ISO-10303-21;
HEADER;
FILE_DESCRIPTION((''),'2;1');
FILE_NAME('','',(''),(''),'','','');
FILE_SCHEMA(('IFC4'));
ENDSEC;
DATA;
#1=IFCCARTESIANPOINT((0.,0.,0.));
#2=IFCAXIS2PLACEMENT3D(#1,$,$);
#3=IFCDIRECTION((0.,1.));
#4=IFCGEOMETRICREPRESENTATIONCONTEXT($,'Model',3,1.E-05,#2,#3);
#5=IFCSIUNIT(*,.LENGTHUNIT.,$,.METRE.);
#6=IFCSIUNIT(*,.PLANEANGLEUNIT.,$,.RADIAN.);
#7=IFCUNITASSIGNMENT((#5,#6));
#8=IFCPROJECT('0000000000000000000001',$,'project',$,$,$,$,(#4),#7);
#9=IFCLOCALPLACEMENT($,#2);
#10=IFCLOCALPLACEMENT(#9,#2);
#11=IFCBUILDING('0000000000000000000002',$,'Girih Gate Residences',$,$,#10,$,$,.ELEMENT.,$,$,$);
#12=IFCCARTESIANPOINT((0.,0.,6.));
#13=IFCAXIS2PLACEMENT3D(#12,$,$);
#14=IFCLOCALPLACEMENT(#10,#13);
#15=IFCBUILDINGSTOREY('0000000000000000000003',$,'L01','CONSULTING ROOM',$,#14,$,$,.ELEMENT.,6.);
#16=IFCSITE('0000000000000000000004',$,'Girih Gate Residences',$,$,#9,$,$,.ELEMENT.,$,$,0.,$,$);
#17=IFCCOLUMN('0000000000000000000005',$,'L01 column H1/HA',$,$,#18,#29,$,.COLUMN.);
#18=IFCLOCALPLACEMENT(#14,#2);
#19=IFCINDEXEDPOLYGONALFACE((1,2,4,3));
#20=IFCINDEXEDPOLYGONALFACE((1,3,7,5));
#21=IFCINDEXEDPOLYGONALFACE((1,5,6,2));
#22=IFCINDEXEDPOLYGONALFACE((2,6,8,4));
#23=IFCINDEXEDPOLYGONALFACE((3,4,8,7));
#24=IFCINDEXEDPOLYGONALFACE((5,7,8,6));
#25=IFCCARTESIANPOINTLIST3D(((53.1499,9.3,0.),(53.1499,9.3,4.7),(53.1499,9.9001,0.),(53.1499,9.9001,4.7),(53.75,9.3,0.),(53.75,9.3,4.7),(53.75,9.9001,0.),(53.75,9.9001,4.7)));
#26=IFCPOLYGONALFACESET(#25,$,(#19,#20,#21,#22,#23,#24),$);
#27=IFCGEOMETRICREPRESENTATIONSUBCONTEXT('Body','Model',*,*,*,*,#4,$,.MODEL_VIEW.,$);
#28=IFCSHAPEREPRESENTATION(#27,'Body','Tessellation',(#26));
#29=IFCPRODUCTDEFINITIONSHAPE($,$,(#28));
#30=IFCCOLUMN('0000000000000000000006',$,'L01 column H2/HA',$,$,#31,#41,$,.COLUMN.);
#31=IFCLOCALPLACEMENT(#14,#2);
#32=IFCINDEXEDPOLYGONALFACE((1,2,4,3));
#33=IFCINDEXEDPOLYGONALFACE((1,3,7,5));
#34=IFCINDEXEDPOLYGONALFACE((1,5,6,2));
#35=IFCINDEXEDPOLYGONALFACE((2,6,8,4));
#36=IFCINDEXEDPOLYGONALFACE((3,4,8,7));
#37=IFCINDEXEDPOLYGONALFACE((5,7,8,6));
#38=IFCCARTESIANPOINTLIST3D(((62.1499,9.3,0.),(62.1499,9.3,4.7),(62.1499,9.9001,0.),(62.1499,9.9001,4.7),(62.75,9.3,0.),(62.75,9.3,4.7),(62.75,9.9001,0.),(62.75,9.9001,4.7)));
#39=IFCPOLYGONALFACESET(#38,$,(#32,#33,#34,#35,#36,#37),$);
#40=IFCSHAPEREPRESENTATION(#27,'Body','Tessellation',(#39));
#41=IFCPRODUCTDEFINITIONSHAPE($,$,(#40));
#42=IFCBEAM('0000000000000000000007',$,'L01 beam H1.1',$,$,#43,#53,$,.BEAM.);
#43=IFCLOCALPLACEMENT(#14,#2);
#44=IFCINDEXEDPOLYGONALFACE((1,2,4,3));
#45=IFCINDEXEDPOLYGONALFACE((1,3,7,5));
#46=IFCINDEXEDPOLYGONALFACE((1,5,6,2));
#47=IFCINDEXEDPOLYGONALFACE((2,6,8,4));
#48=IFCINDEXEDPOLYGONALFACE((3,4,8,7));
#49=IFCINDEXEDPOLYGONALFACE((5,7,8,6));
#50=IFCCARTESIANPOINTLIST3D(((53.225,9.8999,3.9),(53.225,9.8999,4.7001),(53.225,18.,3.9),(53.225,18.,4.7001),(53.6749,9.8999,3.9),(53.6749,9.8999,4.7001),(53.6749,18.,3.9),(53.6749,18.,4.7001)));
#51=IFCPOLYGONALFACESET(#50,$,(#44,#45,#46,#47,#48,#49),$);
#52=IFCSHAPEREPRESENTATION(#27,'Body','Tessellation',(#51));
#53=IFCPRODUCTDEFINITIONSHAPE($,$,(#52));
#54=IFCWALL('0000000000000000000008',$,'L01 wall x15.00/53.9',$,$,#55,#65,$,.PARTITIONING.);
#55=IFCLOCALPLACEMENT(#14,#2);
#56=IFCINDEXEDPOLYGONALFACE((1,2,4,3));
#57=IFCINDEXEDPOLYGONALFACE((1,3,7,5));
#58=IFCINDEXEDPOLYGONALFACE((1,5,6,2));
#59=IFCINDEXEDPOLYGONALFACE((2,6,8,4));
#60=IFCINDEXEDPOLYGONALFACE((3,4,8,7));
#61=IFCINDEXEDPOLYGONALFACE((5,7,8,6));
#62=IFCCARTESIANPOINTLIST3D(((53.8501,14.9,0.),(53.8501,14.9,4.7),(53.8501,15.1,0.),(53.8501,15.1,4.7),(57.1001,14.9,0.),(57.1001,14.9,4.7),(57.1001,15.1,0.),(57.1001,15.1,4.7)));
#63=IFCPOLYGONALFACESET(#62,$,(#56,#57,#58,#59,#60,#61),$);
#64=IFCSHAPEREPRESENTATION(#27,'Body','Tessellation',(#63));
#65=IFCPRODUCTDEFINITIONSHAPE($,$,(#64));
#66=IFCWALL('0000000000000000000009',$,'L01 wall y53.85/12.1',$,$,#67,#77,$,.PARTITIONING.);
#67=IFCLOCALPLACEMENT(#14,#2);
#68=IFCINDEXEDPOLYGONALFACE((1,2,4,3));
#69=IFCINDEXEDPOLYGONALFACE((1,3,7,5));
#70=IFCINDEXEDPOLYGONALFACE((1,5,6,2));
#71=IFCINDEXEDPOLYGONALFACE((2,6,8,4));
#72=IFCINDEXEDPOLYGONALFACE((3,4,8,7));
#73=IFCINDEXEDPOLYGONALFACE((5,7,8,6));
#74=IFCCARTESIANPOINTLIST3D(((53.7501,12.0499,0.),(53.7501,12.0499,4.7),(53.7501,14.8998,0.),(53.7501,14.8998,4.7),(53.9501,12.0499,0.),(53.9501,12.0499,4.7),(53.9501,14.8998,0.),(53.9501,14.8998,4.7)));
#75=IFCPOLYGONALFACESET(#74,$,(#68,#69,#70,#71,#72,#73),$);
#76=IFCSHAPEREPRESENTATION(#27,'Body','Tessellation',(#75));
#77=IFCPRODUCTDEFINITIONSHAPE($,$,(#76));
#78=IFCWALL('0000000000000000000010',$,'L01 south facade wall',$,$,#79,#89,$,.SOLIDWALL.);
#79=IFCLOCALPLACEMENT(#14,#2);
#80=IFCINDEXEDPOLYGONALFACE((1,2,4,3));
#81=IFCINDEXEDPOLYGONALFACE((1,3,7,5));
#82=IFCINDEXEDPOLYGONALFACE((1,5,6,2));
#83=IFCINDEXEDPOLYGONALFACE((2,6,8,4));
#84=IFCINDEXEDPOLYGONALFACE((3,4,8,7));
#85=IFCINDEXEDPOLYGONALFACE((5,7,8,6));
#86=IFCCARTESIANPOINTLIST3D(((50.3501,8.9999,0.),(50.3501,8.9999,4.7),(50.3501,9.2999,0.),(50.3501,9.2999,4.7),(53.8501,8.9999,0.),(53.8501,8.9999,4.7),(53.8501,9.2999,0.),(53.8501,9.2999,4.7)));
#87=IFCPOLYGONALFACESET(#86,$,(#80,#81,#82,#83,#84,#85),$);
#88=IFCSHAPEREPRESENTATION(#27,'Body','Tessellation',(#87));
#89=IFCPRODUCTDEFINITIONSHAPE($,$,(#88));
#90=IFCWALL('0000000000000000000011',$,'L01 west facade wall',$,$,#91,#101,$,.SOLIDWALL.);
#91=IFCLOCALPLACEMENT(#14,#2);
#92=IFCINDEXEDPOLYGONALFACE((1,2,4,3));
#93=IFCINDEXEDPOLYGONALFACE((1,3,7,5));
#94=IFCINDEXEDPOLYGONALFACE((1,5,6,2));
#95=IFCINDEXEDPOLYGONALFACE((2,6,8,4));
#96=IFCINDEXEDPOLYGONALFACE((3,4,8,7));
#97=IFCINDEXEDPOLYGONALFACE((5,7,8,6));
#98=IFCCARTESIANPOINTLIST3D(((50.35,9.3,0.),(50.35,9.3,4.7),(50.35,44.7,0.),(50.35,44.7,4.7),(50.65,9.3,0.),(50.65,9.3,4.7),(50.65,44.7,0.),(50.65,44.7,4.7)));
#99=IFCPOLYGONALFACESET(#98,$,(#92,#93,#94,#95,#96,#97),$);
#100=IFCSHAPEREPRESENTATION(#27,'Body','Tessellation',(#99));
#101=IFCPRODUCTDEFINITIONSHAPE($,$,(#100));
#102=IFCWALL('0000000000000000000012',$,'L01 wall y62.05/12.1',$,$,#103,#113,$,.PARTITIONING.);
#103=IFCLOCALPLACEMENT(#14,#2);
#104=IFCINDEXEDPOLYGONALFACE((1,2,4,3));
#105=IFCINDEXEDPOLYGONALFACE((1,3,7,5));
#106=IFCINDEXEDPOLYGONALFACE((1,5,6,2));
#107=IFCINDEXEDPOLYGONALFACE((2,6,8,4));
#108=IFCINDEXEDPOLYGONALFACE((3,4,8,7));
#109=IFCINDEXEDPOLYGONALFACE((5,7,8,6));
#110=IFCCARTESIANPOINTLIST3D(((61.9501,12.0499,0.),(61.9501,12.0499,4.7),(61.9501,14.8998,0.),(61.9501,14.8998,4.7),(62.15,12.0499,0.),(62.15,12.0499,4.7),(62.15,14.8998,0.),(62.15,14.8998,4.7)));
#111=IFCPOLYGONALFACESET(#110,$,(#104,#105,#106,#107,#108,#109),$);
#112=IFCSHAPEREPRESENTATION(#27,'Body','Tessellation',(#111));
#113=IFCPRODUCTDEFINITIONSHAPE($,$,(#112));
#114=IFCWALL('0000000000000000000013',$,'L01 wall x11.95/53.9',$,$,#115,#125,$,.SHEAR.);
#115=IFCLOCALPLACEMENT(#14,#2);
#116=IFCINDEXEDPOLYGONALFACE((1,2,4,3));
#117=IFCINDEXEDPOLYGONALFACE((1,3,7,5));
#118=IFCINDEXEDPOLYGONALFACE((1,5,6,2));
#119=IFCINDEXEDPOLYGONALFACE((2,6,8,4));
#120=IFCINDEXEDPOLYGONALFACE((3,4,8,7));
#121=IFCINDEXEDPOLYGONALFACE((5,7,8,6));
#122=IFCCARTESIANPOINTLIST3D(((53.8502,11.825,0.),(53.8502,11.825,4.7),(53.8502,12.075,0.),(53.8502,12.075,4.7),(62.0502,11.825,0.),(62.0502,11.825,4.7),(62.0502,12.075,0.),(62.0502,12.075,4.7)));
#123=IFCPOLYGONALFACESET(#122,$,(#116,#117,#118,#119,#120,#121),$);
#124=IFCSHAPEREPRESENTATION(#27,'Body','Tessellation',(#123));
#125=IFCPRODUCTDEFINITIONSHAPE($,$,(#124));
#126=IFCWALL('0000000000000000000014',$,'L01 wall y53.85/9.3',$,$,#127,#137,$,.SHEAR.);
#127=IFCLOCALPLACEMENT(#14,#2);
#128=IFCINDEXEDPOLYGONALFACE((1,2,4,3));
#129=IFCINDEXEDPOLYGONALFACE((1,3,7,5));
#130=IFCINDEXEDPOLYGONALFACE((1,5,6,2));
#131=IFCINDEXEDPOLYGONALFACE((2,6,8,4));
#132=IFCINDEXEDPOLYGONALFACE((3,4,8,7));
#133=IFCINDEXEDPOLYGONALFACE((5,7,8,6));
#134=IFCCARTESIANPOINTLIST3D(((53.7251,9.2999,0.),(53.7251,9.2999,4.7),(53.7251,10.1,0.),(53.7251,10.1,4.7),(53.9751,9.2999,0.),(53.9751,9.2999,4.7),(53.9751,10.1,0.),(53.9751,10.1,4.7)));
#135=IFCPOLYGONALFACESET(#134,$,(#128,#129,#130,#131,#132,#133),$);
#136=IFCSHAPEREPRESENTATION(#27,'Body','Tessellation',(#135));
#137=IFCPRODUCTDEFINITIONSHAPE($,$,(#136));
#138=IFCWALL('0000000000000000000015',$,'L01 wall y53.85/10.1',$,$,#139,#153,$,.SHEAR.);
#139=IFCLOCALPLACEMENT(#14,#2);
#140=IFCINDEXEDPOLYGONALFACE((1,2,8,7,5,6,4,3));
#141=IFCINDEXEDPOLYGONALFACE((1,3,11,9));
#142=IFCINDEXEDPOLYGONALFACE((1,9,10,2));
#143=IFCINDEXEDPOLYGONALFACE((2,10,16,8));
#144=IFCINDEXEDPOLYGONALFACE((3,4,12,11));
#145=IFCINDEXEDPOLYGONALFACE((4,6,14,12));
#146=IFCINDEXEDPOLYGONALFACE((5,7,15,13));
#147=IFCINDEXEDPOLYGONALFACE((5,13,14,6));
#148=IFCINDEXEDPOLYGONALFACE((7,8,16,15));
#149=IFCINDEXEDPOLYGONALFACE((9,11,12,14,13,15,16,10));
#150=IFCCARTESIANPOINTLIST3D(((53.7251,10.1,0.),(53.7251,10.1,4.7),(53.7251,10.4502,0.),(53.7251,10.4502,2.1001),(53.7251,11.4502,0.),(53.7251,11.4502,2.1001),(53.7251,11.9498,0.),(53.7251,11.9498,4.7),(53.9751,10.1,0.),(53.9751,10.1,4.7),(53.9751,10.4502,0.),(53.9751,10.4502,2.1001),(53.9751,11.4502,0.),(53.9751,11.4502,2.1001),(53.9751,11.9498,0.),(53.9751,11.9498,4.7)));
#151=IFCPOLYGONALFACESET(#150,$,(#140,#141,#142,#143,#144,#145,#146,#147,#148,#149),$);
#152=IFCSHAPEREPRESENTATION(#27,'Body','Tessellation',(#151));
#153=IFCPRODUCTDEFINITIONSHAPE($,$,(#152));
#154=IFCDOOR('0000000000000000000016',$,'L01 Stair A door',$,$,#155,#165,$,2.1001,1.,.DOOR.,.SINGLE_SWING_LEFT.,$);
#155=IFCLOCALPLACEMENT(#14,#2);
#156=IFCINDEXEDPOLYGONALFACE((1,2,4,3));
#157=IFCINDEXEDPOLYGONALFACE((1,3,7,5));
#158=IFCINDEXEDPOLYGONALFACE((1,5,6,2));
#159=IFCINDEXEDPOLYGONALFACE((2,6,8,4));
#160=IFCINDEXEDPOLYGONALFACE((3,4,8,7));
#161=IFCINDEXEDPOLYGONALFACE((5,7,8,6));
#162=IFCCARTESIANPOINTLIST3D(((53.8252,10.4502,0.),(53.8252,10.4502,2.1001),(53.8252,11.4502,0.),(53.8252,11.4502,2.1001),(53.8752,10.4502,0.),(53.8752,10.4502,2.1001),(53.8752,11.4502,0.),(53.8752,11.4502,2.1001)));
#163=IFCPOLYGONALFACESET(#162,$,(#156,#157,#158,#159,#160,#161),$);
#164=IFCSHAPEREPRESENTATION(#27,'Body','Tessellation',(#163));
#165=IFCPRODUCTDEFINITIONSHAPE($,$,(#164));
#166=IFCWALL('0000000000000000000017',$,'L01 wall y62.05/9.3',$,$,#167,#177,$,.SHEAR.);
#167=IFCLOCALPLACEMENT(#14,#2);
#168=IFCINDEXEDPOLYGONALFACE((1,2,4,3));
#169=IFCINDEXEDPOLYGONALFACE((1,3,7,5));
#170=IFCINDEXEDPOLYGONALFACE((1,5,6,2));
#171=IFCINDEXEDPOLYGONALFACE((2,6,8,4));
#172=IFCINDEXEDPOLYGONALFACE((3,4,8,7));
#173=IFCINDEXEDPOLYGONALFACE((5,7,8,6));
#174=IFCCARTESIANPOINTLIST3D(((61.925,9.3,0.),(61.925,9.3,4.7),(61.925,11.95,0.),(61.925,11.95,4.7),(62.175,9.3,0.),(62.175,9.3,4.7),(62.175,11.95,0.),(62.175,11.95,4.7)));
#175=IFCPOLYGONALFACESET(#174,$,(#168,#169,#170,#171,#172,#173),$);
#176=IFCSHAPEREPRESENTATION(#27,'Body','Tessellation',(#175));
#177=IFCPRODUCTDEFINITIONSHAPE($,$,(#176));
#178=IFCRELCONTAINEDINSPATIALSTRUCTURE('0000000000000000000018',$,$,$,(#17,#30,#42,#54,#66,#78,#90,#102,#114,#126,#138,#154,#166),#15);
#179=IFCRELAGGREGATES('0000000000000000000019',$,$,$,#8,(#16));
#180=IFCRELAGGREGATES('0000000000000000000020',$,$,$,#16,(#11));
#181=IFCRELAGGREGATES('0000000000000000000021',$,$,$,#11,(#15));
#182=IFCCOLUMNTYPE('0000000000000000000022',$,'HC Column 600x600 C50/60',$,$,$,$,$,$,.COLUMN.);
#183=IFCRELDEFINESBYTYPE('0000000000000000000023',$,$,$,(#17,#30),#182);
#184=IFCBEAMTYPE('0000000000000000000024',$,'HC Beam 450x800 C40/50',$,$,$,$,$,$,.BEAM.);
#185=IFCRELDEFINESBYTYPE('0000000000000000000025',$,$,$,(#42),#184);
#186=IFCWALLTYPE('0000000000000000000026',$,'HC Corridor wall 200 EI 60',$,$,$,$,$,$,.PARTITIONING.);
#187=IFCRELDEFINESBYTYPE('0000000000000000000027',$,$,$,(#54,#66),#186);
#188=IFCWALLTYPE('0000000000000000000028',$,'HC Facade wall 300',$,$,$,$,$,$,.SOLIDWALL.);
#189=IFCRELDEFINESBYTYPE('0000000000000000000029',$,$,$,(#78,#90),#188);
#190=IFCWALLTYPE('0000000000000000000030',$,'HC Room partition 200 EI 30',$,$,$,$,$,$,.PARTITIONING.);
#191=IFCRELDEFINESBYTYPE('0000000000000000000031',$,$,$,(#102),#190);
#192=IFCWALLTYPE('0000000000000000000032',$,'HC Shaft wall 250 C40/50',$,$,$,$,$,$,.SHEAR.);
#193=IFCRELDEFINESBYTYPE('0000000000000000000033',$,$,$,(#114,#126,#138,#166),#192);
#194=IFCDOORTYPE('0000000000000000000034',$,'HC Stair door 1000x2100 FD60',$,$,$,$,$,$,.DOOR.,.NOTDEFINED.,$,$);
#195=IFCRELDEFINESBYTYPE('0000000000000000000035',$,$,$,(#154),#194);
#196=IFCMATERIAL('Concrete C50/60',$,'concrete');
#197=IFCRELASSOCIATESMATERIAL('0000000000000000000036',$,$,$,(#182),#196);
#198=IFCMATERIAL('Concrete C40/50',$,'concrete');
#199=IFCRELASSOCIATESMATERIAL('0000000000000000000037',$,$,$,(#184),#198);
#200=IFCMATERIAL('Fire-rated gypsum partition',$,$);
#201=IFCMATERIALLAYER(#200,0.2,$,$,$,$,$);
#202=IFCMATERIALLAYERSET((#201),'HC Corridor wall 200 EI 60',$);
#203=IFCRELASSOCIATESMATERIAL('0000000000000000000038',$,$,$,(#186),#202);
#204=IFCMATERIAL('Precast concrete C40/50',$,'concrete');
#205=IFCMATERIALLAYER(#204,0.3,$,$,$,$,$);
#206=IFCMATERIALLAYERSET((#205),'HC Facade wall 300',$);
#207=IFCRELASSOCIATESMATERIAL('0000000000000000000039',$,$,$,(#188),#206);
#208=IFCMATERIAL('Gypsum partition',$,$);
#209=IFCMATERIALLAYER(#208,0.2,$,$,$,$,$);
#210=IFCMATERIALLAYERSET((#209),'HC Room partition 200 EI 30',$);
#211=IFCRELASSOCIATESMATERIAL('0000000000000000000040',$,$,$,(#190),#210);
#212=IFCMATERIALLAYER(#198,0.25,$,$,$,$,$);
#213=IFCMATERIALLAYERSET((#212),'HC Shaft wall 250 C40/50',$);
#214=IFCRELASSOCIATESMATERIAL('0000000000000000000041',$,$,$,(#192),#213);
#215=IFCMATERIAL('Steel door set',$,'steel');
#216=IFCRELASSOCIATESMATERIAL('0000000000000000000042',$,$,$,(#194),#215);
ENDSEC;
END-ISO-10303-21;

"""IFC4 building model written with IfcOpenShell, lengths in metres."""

from ifc_helpers import new_model, si_unit, direction, frame, frame_2d, origin, origin_2d, place, context, subcontext, project, spatial, rectangle, extrude, material, layer, layer_set, material_profile, profile_set, type_object, element, fill, save


model = new_model("IFC4")

# Units and contexts
model_context = context("Model", 3, precision=1e-05, world=origin(), true_north=direction((0.0, 1.0)))
body_context = subcontext(model_context, "Body", "Model", "MODEL_VIEW")
ifc_project = project(units=[si_unit("LENGTHUNIT", "METRE"), si_unit("PLANEANGLEUNIT", "RADIAN")], contexts=[model_context])

# Site, building, storey
site_placement = place(None, origin())
site = spatial("IfcSite", under=ifc_project, at=site_placement, Name="Girih Gate Residences", CompositionType="ELEMENT", RefElevation=0.0)
building_placement = place(site_placement, origin())
building = spatial("IfcBuilding", under=site, at=building_placement, Name="Girih Gate Residences", CompositionType="ELEMENT")
storey_placement = place(building_placement, frame((0.0, 0.0, 6.0)))
storey = spatial("IfcBuildingStorey", under=building, at=storey_placement, Name="L01", Description="CONSULTING ROOM", CompositionType="ELEMENT", Elevation=6.0)

# Columns
ifc_material_1 = material(Name="Concrete C50/60", Category="concrete")
ifc_material_profile_1 = material_profile(ifc_material_1, rectangle(XDim=0.6001, YDim=0.6001, at=origin_2d()))
ifc_profile_set_1 = profile_set([ifc_material_profile_1], Name="Concrete C50/60")
column_type = type_object("IfcColumnType", Name="HC Column 600x600 C50/60", PredefinedType="COLUMN", material=ifc_profile_set_1)
for number, where, z_axis, x_axis, name in (
    (1, (53.45, 9.6001, 0.0), (0.0, 0.0, 1.0), (1.0, 0.0, 0.0), "L01 column H1/HA"),
    (2, (62.45, 9.6001, 0.0), (0.0, 0.0, 1.0), (1.0, 0.0, 0.0), "L01 column H2/HA"),
):
    element("IfcColumn", number, at=place(storey_placement, frame(where, z_axis=z_axis, x_axis=x_axis)), inside=storey, type_object=column_type, Name=name, PredefinedType="COLUMN", context=body_context, shape_type="SweptSolid", body=[
        extrude(rectangle(XDim=0.6001, YDim=0.6001, at=origin_2d()), origin(), (0.0, 0.0, 1.0), 4.7),
    ])

# Beam
ifc_material_2 = material(Name="Concrete C40/50", Category="concrete")
ifc_material_profile_2 = material_profile(ifc_material_2, rectangle(XDim=0.45, YDim=0.8, at=origin_2d()))
ifc_profile_set_2 = profile_set([ifc_material_profile_2], Name="Concrete C40/50")
beam_type = type_object("IfcBeamType", Name="HC Beam 450x800 C40/50", PredefinedType="BEAM", material=ifc_profile_set_2)
beam_placement = place(storey_placement, frame((53.45, 9.8999, 4.3), z_axis=(0.0, 1.0, 0.0), x_axis=(-1.0, 0.0, 0.0)))
element("IfcBeam", 3, at=beam_placement, inside=storey, type_object=beam_type, Name="L01 beam H1.1", PredefinedType="BEAM", context=body_context, shape_type="SweptSolid", body=[
    extrude(rectangle(XDim=0.45, YDim=0.8, at=origin_2d()), origin(), (0.0, 0.0, 1.0), 8.1001),
])

# Walls
ifc_material_3 = material(Name="Fire-rated gypsum partition")
ifc_layer_1 = layer(ifc_material_3, 0.2)
ifc_layer_set_1 = layer_set([ifc_layer_1], Name="HC Corridor wall 200 EI 60")
wall_type_1 = type_object("IfcWallType", Name="HC Corridor wall 200 EI 60", PredefinedType="PARTITIONING", material=ifc_layer_set_1)
wall_1_placement = place(storey_placement, frame((53.8501, 15.0, 0.0), z_axis=(0.0, 0.0, 1.0), x_axis=(1.0, 0.0, 0.0)))
element("IfcWall", 4, at=wall_1_placement, inside=storey, type_object=wall_type_1, Name="L01 wall x15.00/53.9", PredefinedType="PARTITIONING", context=body_context, shape_type="SweptSolid", body=[
    extrude(rectangle(XDim=3.25, YDim=0.2, at=frame_2d((1.625, 0.0))), origin(), (0.0, 0.0, 1.0), 4.7),
])
wall_2_placement = place(storey_placement, frame((53.8501, 12.05, 0.0), z_axis=(0.0, 0.0, 1.0), x_axis=(0.0, 1.0, 0.0)))
element("IfcWall", 5, at=wall_2_placement, inside=storey, type_object=wall_type_1, Name="L01 wall y53.85/12.1", PredefinedType="PARTITIONING", context=body_context, shape_type="SweptSolid", body=[
    extrude(rectangle(XDim=2.8499, YDim=0.2, at=frame_2d((1.4248, 0.0))), origin(), (0.0, 0.0, 1.0), 4.7),
])
ifc_material_4 = material(Name="Precast concrete C40/50", Category="concrete")
ifc_layer_2 = layer(ifc_material_4, 0.3)
ifc_layer_set_2 = layer_set([ifc_layer_2], Name="HC Facade wall 300")
wall_type_2 = type_object("IfcWallType", Name="HC Facade wall 300", PredefinedType="SOLIDWALL", material=ifc_layer_set_2)
wall_3_placement = place(storey_placement, frame((53.8501, 9.1499, 0.0), z_axis=(0.0, 0.0, 1.0), x_axis=(-1.0, 0.0, 0.0)))
element("IfcWall", 6, at=wall_3_placement, inside=storey, type_object=wall_type_2, Name="L01 south facade wall", PredefinedType="SOLIDWALL", context=body_context, shape_type="SweptSolid", body=[
    extrude(rectangle(XDim=3.5, YDim=0.3, at=frame_2d((1.75, 0.0))), origin(), (0.0, 0.0, 1.0), 4.7),
])
wall_4_placement = place(storey_placement, frame((50.5, 9.3, 0.0), z_axis=(0.0, 0.0, 1.0), x_axis=(0.0, 1.0, 0.0)))
element("IfcWall", 7, at=wall_4_placement, inside=storey, type_object=wall_type_2, Name="L01 west facade wall", PredefinedType="SOLIDWALL", context=body_context, shape_type="SweptSolid", body=[
    extrude(rectangle(XDim=35.3999, YDim=0.3, at=frame_2d((17.7, 0.0))), origin(), (0.0, 0.0, 1.0), 4.7),
])
ifc_material_5 = material(Name="Gypsum partition")
ifc_layer_3 = layer(ifc_material_5, 0.2)
ifc_layer_set_3 = layer_set([ifc_layer_3], Name="HC Room partition 200 EI 30")
wall_type_3 = type_object("IfcWallType", Name="HC Room partition 200 EI 30", PredefinedType="PARTITIONING", material=ifc_layer_set_3)
wall_5_placement = place(storey_placement, frame((62.05, 12.05, 0.0), z_axis=(0.0, 0.0, 1.0), x_axis=(0.0, 1.0, 0.0)))
element("IfcWall", 8, at=wall_5_placement, inside=storey, type_object=wall_type_3, Name="L01 wall y62.05/12.1", PredefinedType="PARTITIONING", context=body_context, shape_type="SweptSolid", body=[
    extrude(rectangle(XDim=2.8499, YDim=0.2, at=frame_2d((1.4248, 0.0))), origin(), (0.0, 0.0, 1.0), 4.7),
])
ifc_layer_4 = layer(ifc_material_2, 0.25)
ifc_layer_set_4 = layer_set([ifc_layer_4], Name="HC Shaft wall 250 C40/50")
wall_type_4 = type_object("IfcWallType", Name="HC Shaft wall 250 C40/50", PredefinedType="SHEAR", material=ifc_layer_set_4)
wall_6_placement = place(storey_placement, frame((53.8501, 11.95, 0.0), z_axis=(0.0, 0.0, 1.0), x_axis=(1.0, 0.0, 0.0)))
element("IfcWall", 9, at=wall_6_placement, inside=storey, type_object=wall_type_4, Name="L01 wall x11.95/53.9", PredefinedType="SHEAR", context=body_context, shape_type="SweptSolid", body=[
    extrude(rectangle(XDim=8.2, YDim=0.25, at=frame_2d((4.1001, 0.0))), origin(), (0.0, 0.0, 1.0), 4.7),
])
wall_7_placement = place(storey_placement, frame((53.8501, 9.3, 0.0), z_axis=(0.0, 0.0, 1.0), x_axis=(0.0, 1.0, 0.0)))
element("IfcWall", 10, at=wall_7_placement, inside=storey, type_object=wall_type_4, Name="L01 wall y53.85/9.3", PredefinedType="SHEAR", context=body_context, shape_type="SweptSolid", body=[
    extrude(rectangle(XDim=0.8, YDim=0.25, at=frame_2d((0.3999, 0.0))), origin(), (0.0, 0.0, 1.0), 4.7),
])

# Wall, opening, door
wall_8_placement = place(storey_placement, frame((53.8501, 10.1001, 0.0), z_axis=(0.0, 0.0, 1.0), x_axis=(0.0, 1.0, 0.0)))
wall_8 = element("IfcWall", 11, at=wall_8_placement, inside=storey, type_object=wall_type_4, Name="L01 wall y53.85/10.1", PredefinedType="SHEAR", context=body_context, shape_type="SweptSolid", body=[
    extrude(rectangle(XDim=1.8499, YDim=0.25, at=frame_2d((0.9248, 0.0))), origin(), (0.0, 0.0, 1.0), 4.7),
])
opening_placement = place(wall_8_placement, frame((0.3501, 0.0, 0.0)))
opening = element("IfcOpeningElement", 12, at=opening_placement, cuts=wall_8, PredefinedType="OPENING", context=body_context, shape_type="SweptSolid", body=[
    extrude(rectangle(XDim=1.0, YDim=2.1001, at=frame_2d((0.5, 1.05))), frame((0.0, 0.135, 0.0), z_axis=(0.0, -1.0, 0.0), x_axis=(1.0, 0.0, 0.0)), (0.0, 0.0, 1.0), 0.27),
])
ifc_material_6 = material(Name="Steel door set", Category="steel")
door_type = type_object("IfcDoorType", Name="HC Stair door 1000x2100 FD60", OperationType="NOTDEFINED", PredefinedType="DOOR", material=ifc_material_6)
door_placement = place(opening_placement, origin())
door = element("IfcDoor", 13, at=door_placement, inside=storey, type_object=door_type, Name="L01 Stair A door", OperationType="SINGLE_SWING_LEFT", OverallHeight=2.1001, OverallWidth=1.0, PredefinedType="DOOR", context=body_context, shape_type="SweptSolid", body=[
    extrude(rectangle(XDim=1.0, YDim=2.1001, at=frame_2d((0.5, 1.05))), frame((0.0, 0.0249, 0.0), z_axis=(0.0, -1.0, 0.0), x_axis=(1.0, 0.0, 0.0)), (0.0, 0.0, 1.0), 0.05),
])
fill(opening, door)

# Wall
wall_9_placement = place(storey_placement, frame((62.05, 9.3, 0.0), z_axis=(0.0, 0.0, 1.0), x_axis=(0.0, 1.0, 0.0)))
element("IfcWall", 14, at=wall_9_placement, inside=storey, type_object=wall_type_4, Name="L01 wall y62.05/9.3", PredefinedType="SHEAR", context=body_context, shape_type="SweptSolid", body=[
    extrude(rectangle(XDim=2.6499, YDim=0.25, at=frame_2d((1.325, 0.0))), origin(), (0.0, 0.0, 1.0), 4.7),
])

save(model, "model.ifc")
